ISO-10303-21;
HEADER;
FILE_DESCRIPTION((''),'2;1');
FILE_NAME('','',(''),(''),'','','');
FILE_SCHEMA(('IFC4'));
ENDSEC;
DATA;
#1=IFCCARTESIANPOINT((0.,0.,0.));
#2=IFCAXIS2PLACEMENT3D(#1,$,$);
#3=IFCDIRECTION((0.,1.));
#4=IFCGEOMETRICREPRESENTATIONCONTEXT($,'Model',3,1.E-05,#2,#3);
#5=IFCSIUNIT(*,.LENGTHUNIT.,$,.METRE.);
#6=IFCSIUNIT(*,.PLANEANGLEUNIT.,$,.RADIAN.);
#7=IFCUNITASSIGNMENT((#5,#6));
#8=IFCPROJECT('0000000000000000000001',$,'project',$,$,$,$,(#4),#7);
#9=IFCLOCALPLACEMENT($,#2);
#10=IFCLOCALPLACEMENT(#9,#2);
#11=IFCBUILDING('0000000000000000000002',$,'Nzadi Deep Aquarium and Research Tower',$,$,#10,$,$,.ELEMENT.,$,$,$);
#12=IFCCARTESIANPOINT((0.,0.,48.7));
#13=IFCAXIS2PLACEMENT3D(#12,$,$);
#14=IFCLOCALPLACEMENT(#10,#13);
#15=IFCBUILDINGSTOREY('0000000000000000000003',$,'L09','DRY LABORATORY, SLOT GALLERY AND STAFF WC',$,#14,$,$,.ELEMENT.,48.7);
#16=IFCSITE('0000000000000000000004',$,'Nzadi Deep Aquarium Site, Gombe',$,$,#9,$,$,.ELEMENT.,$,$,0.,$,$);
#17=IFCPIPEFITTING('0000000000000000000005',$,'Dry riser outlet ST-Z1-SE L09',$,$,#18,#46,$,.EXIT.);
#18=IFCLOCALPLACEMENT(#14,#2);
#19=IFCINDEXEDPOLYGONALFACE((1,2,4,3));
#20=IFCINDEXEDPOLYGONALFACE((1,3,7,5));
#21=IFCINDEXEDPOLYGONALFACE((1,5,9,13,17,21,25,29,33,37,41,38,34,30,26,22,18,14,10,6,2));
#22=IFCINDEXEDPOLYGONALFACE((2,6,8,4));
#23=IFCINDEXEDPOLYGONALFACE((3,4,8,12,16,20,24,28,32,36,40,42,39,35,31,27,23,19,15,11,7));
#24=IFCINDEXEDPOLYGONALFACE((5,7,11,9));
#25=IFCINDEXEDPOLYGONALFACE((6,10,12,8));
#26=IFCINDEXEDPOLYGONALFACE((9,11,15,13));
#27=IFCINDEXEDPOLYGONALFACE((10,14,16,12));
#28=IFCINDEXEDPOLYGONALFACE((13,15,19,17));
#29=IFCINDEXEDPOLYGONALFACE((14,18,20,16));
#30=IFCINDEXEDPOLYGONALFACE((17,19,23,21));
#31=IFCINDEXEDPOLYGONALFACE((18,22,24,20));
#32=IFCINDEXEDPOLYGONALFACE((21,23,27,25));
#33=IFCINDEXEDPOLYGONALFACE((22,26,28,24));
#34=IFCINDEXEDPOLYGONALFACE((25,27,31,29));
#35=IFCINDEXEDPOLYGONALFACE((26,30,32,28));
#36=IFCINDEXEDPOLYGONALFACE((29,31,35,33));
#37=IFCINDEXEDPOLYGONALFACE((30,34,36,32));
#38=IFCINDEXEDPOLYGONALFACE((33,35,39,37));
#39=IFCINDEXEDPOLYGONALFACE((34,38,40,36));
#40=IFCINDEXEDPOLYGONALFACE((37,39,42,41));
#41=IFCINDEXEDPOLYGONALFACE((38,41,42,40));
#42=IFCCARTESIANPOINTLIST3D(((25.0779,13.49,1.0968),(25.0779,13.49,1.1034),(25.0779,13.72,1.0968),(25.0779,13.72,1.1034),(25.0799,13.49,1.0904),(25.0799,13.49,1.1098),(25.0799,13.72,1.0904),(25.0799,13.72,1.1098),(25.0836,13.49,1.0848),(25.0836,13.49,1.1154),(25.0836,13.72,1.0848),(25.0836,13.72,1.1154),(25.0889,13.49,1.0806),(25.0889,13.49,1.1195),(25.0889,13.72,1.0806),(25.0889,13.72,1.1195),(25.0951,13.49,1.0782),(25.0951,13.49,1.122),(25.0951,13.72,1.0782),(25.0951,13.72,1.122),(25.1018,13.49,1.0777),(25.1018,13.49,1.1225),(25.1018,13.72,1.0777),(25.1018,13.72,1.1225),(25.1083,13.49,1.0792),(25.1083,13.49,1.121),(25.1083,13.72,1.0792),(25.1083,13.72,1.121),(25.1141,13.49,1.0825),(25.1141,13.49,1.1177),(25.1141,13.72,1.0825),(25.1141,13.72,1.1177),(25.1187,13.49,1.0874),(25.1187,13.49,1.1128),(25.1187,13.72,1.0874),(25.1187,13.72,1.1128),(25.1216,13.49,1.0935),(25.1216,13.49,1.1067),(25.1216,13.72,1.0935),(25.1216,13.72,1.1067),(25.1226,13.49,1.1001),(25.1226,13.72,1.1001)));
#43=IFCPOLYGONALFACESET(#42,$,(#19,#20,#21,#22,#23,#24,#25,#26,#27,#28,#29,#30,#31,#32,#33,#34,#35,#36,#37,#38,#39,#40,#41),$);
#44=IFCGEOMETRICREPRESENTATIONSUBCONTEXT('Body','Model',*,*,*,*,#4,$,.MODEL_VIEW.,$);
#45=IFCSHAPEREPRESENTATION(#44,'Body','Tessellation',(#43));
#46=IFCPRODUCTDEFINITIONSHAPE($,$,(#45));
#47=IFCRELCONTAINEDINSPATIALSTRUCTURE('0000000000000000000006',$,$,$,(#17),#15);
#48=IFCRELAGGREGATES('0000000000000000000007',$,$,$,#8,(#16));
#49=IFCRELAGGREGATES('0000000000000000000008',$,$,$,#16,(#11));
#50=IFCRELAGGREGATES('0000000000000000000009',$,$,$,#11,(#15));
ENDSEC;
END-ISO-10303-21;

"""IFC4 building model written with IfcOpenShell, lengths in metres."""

from ifc_helpers import new_model, si_unit, direction, frame, origin, origin_2d, place, context, subcontext, project, spatial, circle, extrude, element, save


model = new_model("IFC4")

# Units and contexts
model_context = context("Model", 3, precision=1e-05, world=origin(), true_north=direction((0.0, 1.0)))
body_context = subcontext(model_context, "Body", "Model", "MODEL_VIEW")
ifc_project = project(units=[si_unit("LENGTHUNIT", "METRE"), si_unit("PLANEANGLEUNIT", "RADIAN")], contexts=[model_context])

# Site, building, storey
site_placement = place(None, origin())
site = spatial("IfcSite", under=ifc_project, at=site_placement, Name="Nzadi Deep Aquarium Site, Gombe", CompositionType="ELEMENT", RefElevation=0.0)
building_placement = place(site_placement, origin())
building = spatial("IfcBuilding", under=site, at=building_placement, Name="Nzadi Deep Aquarium and Research Tower", CompositionType="ELEMENT")
storey_placement = place(building_placement, frame((0.0, 0.0, 48.7)))
storey = spatial("IfcBuildingStorey", under=building, at=storey_placement, Name="L09", Description="DRY LABORATORY, SLOT GALLERY AND STAFF WC", CompositionType="ELEMENT", Elevation=48.7)

# Pipe fitting
pipe_fitting_placement = place(storey_placement, frame((25.1001, 13.72, 1.1001), z_axis=(0.0, -1.0, 0.0), x_axis=(1.0, 0.0, 0.0)))
element("IfcPipeFitting", 1, at=pipe_fitting_placement, inside=storey, Name="Dry riser outlet ST-Z1-SE L09", PredefinedType="EXIT", context=body_context, shape_type="SweptSolid", body=[
    extrude(circle(Radius=0.0225, at=origin_2d()), origin(), (0.0, 0.0, 1.0), 0.23),
])

save(model, "model.ifc")
